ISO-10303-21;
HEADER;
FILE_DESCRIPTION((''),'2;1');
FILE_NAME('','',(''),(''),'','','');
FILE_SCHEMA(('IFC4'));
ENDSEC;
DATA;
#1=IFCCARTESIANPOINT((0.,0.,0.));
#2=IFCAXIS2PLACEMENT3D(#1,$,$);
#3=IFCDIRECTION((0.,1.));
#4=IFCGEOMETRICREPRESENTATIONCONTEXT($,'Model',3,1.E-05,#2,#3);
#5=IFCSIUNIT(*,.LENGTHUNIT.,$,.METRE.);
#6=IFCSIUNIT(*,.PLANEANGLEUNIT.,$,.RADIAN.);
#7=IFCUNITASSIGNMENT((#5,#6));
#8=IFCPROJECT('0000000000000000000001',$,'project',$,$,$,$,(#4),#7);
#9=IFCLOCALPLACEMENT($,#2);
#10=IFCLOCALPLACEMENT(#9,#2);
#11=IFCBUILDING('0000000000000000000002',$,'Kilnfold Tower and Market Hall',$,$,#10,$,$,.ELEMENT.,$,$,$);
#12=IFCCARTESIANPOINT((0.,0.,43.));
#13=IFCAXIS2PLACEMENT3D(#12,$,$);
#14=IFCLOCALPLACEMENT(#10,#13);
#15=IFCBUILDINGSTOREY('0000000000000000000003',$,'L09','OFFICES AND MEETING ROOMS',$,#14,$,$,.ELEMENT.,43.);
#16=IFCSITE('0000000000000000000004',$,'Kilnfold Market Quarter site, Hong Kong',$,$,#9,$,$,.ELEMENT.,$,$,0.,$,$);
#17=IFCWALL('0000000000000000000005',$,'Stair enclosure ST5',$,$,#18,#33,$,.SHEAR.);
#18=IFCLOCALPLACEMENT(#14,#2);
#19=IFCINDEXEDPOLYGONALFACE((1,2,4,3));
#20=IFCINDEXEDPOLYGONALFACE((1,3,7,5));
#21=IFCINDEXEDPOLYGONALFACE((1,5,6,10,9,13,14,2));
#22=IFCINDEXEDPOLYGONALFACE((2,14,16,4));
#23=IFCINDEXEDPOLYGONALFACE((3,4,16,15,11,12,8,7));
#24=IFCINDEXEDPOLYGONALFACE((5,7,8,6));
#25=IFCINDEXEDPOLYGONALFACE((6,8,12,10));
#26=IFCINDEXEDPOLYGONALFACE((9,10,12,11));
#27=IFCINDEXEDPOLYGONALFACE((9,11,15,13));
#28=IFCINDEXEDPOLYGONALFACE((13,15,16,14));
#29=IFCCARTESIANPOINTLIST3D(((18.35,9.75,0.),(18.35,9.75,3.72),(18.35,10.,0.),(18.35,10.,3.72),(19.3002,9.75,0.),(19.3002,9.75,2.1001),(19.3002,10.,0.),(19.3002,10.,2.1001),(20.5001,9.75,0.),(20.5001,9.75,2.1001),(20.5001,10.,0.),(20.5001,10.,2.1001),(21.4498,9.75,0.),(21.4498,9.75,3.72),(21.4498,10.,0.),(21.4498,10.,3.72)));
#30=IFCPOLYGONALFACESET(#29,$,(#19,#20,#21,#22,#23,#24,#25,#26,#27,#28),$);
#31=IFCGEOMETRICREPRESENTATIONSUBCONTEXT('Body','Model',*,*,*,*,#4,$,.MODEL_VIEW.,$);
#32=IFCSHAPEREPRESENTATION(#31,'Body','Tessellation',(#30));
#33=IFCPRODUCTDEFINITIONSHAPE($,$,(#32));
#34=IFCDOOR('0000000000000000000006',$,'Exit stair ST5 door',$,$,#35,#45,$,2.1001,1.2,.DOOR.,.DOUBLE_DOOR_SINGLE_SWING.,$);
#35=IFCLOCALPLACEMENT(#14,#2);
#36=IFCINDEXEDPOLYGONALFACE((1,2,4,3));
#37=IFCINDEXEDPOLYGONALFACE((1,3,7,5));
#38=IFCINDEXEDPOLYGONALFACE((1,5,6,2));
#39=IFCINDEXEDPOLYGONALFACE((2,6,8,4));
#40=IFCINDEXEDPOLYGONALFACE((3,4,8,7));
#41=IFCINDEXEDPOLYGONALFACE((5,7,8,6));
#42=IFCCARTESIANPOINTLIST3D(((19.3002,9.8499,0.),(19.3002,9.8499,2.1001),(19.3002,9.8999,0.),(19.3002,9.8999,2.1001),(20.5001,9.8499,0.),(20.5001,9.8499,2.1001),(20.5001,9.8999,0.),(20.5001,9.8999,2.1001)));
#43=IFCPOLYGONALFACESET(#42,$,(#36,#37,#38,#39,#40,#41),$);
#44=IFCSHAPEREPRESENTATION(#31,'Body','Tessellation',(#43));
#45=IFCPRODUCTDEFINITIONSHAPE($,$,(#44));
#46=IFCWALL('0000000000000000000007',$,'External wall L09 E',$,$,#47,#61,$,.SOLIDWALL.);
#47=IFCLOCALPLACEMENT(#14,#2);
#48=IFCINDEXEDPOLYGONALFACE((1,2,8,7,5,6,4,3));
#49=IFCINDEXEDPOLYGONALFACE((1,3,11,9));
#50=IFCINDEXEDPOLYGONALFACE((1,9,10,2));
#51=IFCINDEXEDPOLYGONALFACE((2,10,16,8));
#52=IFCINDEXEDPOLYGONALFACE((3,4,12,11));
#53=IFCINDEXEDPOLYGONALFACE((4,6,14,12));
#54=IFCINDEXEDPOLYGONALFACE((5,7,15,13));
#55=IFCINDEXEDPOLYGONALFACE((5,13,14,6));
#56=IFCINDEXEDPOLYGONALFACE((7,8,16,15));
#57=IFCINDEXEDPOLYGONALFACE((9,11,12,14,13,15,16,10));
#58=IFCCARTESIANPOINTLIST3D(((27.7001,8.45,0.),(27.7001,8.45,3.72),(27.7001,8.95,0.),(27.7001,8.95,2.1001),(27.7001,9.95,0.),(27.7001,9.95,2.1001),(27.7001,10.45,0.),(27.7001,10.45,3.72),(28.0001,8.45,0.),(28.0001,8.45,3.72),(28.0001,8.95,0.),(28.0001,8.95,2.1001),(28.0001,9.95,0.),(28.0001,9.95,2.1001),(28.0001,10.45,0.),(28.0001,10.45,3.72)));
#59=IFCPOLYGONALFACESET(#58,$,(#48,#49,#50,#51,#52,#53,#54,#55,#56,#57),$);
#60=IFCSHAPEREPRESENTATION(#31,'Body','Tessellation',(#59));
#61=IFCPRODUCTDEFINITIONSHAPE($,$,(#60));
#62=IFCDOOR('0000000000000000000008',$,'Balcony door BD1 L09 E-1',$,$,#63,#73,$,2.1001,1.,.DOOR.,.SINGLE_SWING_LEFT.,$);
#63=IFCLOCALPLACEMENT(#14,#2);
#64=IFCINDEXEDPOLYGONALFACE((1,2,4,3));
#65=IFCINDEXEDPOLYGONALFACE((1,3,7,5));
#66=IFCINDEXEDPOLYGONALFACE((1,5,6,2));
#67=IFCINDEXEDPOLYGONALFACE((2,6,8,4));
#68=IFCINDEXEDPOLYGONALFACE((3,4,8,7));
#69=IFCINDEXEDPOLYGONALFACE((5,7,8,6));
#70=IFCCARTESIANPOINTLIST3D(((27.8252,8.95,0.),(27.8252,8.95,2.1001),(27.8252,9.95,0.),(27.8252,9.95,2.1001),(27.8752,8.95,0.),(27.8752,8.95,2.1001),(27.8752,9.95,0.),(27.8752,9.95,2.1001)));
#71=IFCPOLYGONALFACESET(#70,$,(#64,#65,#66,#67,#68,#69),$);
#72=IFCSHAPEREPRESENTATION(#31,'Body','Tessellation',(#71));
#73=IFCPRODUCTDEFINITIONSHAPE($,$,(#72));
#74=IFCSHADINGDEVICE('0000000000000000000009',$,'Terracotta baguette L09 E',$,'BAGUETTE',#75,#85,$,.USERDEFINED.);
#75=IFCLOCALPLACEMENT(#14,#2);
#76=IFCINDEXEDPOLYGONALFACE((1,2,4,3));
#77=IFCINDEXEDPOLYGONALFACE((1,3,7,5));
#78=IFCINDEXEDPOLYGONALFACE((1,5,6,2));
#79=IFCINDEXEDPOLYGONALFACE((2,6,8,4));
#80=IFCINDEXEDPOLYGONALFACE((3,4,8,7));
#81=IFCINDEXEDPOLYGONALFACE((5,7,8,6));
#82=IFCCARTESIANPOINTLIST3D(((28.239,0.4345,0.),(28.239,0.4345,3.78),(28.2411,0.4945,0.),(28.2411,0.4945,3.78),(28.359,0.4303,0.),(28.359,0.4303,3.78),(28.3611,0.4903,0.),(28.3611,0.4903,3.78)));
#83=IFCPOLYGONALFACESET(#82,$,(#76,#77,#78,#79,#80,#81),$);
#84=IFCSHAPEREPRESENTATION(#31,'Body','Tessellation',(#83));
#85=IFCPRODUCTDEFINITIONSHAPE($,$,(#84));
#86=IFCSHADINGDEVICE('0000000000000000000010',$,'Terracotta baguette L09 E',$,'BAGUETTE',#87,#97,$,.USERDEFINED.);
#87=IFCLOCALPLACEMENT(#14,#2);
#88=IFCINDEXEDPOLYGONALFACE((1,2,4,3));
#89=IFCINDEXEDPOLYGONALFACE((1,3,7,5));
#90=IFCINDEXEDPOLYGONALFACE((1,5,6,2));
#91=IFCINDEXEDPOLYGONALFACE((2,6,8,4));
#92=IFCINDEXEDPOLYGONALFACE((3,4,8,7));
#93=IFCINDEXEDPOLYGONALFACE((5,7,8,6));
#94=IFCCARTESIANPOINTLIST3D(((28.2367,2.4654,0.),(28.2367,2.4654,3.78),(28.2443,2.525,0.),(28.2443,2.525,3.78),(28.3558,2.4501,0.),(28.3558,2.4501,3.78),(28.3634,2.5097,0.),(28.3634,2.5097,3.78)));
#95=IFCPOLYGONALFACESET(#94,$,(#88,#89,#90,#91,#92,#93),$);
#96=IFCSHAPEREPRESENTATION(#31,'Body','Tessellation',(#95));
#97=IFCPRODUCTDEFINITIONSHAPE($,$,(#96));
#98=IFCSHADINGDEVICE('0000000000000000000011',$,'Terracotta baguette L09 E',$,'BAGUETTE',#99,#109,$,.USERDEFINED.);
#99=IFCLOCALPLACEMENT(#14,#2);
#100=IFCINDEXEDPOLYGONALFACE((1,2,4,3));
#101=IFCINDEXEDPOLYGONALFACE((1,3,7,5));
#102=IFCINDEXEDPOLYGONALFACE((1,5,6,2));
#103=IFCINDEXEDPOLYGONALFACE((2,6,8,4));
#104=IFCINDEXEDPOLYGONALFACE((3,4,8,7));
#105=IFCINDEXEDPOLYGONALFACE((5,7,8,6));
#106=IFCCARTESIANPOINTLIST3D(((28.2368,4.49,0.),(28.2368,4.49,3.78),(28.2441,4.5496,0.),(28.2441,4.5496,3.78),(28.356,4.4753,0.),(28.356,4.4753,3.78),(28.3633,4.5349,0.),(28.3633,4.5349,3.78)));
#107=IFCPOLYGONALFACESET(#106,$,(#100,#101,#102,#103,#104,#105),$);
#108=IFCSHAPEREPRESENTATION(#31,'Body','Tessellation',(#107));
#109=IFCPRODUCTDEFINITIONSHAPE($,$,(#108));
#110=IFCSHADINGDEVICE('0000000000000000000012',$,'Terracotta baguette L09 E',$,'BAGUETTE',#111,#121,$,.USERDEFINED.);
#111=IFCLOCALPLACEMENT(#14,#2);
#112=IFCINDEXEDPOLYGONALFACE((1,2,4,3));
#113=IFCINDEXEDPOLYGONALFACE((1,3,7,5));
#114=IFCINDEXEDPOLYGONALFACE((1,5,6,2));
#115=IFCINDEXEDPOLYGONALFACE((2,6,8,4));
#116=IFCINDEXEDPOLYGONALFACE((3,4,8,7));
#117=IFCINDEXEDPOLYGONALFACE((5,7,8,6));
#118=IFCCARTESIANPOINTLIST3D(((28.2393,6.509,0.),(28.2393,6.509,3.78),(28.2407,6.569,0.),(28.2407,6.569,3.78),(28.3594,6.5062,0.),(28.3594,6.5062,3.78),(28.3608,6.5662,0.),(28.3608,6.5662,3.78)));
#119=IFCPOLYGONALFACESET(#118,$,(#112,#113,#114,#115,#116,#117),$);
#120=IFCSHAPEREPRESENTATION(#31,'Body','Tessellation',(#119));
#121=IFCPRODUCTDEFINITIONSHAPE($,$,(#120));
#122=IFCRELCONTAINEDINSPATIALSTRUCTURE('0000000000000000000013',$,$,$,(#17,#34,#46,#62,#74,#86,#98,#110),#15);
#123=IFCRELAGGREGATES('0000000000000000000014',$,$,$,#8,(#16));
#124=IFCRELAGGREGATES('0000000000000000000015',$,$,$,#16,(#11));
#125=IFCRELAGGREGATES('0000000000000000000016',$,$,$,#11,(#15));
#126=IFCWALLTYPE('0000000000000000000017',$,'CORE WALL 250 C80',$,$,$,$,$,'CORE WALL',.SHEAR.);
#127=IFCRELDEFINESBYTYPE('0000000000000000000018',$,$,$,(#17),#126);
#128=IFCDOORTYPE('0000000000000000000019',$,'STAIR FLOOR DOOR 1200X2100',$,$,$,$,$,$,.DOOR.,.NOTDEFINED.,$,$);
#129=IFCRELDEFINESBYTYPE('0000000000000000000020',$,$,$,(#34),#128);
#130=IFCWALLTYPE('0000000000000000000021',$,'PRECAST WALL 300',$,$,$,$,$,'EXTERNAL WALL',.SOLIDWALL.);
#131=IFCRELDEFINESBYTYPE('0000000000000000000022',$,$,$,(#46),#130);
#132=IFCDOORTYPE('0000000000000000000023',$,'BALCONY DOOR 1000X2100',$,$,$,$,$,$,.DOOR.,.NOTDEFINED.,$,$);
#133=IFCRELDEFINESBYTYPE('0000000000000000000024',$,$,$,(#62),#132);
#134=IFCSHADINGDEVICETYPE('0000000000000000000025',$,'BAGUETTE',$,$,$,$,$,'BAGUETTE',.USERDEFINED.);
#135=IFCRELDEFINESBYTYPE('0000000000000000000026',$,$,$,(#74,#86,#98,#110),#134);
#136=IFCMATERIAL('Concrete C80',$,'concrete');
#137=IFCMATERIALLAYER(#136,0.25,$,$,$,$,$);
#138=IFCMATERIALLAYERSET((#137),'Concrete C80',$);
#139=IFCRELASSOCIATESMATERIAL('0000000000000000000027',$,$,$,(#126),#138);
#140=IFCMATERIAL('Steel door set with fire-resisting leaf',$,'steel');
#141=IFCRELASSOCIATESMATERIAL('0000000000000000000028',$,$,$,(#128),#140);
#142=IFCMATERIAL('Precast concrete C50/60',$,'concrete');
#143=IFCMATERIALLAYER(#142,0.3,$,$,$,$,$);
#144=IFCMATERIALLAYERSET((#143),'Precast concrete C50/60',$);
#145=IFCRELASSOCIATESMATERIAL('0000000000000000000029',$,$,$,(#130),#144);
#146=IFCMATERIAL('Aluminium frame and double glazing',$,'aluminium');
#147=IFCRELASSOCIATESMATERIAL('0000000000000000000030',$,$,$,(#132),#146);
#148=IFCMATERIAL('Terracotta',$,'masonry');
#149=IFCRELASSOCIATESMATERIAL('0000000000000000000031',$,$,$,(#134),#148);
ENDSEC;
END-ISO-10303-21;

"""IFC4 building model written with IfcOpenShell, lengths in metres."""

from ifc_helpers import new_model, si_unit, direction, frame, frame_2d, origin, origin_2d, place, context, subcontext, project, spatial, rectangle, extrude, source, transform, mapped, material, layer, layer_set, material_profile, profile_set, type_object, element, fill, save


model = new_model("IFC4")

# Units and contexts
model_context = context("Model", 3, precision=1e-05, world=origin(), true_north=direction((0.0, 1.0)))
body_context = subcontext(model_context, "Body", "Model", "MODEL_VIEW")
ifc_project = project(units=[si_unit("LENGTHUNIT", "METRE"), si_unit("PLANEANGLEUNIT", "RADIAN")], contexts=[model_context])

# Site, building, storey
site_placement = place(None, origin())
site = spatial("IfcSite", under=ifc_project, at=site_placement, Name="Kilnfold Market Quarter site, Hong Kong", CompositionType="ELEMENT", RefElevation=0.0)
building_placement = place(site_placement, origin())
building = spatial("IfcBuilding", under=site, at=building_placement, Name="Kilnfold Tower and Market Hall", CompositionType="ELEMENT")
storey_placement = place(building_placement, frame((0.0, 0.0, 43.0)))
storey = spatial("IfcBuildingStorey", under=building, at=storey_placement, Name="L09", Description="OFFICES AND MEETING ROOMS", CompositionType="ELEMENT", Elevation=43.0)

# Shared definitions
ifc_material_1 = material(Name="Concrete C80", Category="concrete")
ifc_layer_1 = layer(ifc_material_1, 0.25)
ifc_layer_set_1 = layer_set([ifc_layer_1], Name="Concrete C80")
wall_type_1 = type_object("IfcWallType", Name="CORE WALL 250 C80", ElementType="CORE WALL", PredefinedType="SHEAR", material=ifc_layer_set_1)

# Walls, openings, doors
shared_shape_1 = source(origin(), body_context, "Body", "SweptSolid", [
    extrude(rectangle(XDim=3.0999, YDim=0.25, at=frame_2d((1.5498, 0.0))), origin(), (0.0, 0.0, 1.0), 3.72),
])
wall_1_placement = place(storey_placement, frame((18.3501, 9.875, 0.0), z_axis=(0.0, 0.0, 1.0), x_axis=(1.0, 0.0, 0.0)))
wall_1 = element("IfcWall", 1, at=wall_1_placement, inside=storey, type_object=wall_type_1, Name="Stair enclosure ST5", PredefinedType="SHEAR", context=body_context, shape_type="MappedRepresentation", body=[
    mapped(shared_shape_1, transform((0.0, 0.0, 0.0))),
])
opening_1_placement = place(wall_1_placement, frame((0.95, 0.0, 0.0)))
opening_1 = element("IfcOpeningElement", 2, at=opening_1_placement, cuts=wall_1, PredefinedType="OPENING", context=body_context, shape_type="SweptSolid", body=[
    extrude(rectangle(XDim=1.2, YDim=2.1001, at=frame_2d((0.6001, 1.05))), frame((0.0, 0.135, 0.0), z_axis=(0.0, -1.0, 0.0), x_axis=(1.0, 0.0, 0.0)), (0.0, 0.0, 1.0), 0.27),
])
ifc_material_2 = material(Name="Steel door set with fire-resisting leaf", Category="steel")
door_type_1 = type_object("IfcDoorType", Name="STAIR FLOOR DOOR 1200X2100", OperationType="NOTDEFINED", PredefinedType="DOOR", material=ifc_material_2)
door_1_placement = place(opening_1_placement, origin())
door_1 = element("IfcDoor", 3, at=door_1_placement, inside=storey, type_object=door_type_1, Name="Exit stair ST5 door", OperationType="DOUBLE_DOOR_SINGLE_SWING", OverallHeight=2.1001, OverallWidth=1.2, PredefinedType="DOOR", context=body_context, shape_type="SweptSolid", body=[
    extrude(rectangle(XDim=1.2, YDim=2.1001, at=frame_2d((0.6001, 1.05))), frame((0.0, 0.0249, 0.0), z_axis=(0.0, -1.0, 0.0), x_axis=(1.0, 0.0, 0.0)), (0.0, 0.0, 1.0), 0.05),
])
fill(opening_1, door_1)
ifc_material_3 = material(Name="Precast concrete C50/60", Category="concrete")
ifc_layer_2 = layer(ifc_material_3, 0.3)
ifc_layer_set_2 = layer_set([ifc_layer_2], Name="Precast concrete C50/60")
wall_type_2 = type_object("IfcWallType", Name="PRECAST WALL 300", ElementType="EXTERNAL WALL", PredefinedType="SOLIDWALL", material=ifc_layer_set_2)
shared_shape_2 = source(origin(), body_context, "Body", "SweptSolid", [
    extrude(rectangle(XDim=2.0, YDim=0.3, at=frame_2d((1.0, 0.0))), origin(), (0.0, 0.0, 1.0), 3.72),
])
wall_2_placement = place(storey_placement, frame((27.8501, 8.45, 0.0), z_axis=(0.0, 0.0, 1.0), x_axis=(0.0, 1.0, 0.0)))
wall_2 = element("IfcWall", 4, at=wall_2_placement, inside=storey, type_object=wall_type_2, Name="External wall L09 E", PredefinedType="SOLIDWALL", context=body_context, shape_type="MappedRepresentation", body=[
    mapped(shared_shape_2, transform((0.0, 0.0, 0.0))),
])
opening_2_placement = place(wall_2_placement, frame((0.5, 0.0, 0.0)))
opening_2 = element("IfcOpeningElement", 5, at=opening_2_placement, cuts=wall_2, PredefinedType="OPENING", context=body_context, shape_type="SweptSolid", body=[
    extrude(rectangle(XDim=1.0, YDim=2.1001, at=frame_2d((0.5, 1.05))), frame((0.0, 0.1602, 0.0), z_axis=(0.0, -1.0, 0.0), x_axis=(1.0, 0.0, 0.0)), (0.0, 0.0, 1.0), 0.3201),
])
ifc_material_4 = material(Name="Aluminium frame and double glazing", Category="aluminium")
door_type_2 = type_object("IfcDoorType", Name="BALCONY DOOR 1000X2100", OperationType="NOTDEFINED", PredefinedType="DOOR", material=ifc_material_4)
door_2_placement = place(opening_2_placement, origin())
door_2 = element("IfcDoor", 6, at=door_2_placement, inside=storey, type_object=door_type_2, Name="Balcony door BD1 L09 E-1", OperationType="SINGLE_SWING_LEFT", OverallHeight=2.1001, OverallWidth=1.0, PredefinedType="DOOR", context=body_context, shape_type="SweptSolid", body=[
    extrude(rectangle(XDim=1.0, YDim=2.1001, at=frame_2d((0.5, 1.05))), frame((0.0, 0.0249, 0.0), z_axis=(0.0, -1.0, 0.0), x_axis=(1.0, 0.0, 0.0)), (0.0, 0.0, 1.0), 0.05),
])
fill(opening_2, door_2)

# Shading devices
ifc_material_5 = material(Name="Terracotta", Category="masonry")
ifc_material_profile_1 = material_profile(ifc_material_5, rectangle(XDim=0.0601, YDim=0.1201, at=origin_2d()), Name="BAG 60x120")
ifc_profile_set_1 = profile_set([ifc_material_profile_1], Name="Terracotta")
shading_device_type = type_object("IfcShadingDeviceType", Name="BAGUETTE", ElementType="BAGUETTE", PredefinedType="USERDEFINED", material=ifc_profile_set_1)
shared_shape_3 = source(origin(), body_context, "Body", "SweptSolid", [
    extrude(rectangle(XDim=0.0601, YDim=0.1201, at=origin_2d()), origin(), (0.0, 0.0, 1.0), 3.78),
])
for number, where, z_axis, x_axis, name in (
    (7, (28.3, 0.4624, 0.0), (0.0, 0.0, 1.0), (0.034367, 0.999409, 0.0), "Terracotta baguette L09 E"),
    (8, (28.3, 2.4875, 0.0), (0.0, 0.0, 1.0), (0.127525, 0.991835, 0.0), "Terracotta baguette L09 E"),
    (9, (28.3, 4.5125, 0.0), (0.0, 0.0, 1.0), (0.122519, 0.992466, 0.0), "Terracotta baguette L09 E"),
    (10, (28.3, 6.5376, 0.0), (0.0, 0.0, 1.0), (0.023124, 0.999733, 0.0), "Terracotta baguette L09 E"),
):
    element("IfcShadingDevice", number, at=place(storey_placement, frame(where, z_axis=z_axis, x_axis=x_axis)), inside=storey, type_object=shading_device_type, Name=name, ObjectType="BAGUETTE", PredefinedType="USERDEFINED", context=body_context, shape_type="MappedRepresentation", body=[
        mapped(shared_shape_3, transform((0.0, 0.0, 0.0))),
    ])

save(model, "model.ifc")
